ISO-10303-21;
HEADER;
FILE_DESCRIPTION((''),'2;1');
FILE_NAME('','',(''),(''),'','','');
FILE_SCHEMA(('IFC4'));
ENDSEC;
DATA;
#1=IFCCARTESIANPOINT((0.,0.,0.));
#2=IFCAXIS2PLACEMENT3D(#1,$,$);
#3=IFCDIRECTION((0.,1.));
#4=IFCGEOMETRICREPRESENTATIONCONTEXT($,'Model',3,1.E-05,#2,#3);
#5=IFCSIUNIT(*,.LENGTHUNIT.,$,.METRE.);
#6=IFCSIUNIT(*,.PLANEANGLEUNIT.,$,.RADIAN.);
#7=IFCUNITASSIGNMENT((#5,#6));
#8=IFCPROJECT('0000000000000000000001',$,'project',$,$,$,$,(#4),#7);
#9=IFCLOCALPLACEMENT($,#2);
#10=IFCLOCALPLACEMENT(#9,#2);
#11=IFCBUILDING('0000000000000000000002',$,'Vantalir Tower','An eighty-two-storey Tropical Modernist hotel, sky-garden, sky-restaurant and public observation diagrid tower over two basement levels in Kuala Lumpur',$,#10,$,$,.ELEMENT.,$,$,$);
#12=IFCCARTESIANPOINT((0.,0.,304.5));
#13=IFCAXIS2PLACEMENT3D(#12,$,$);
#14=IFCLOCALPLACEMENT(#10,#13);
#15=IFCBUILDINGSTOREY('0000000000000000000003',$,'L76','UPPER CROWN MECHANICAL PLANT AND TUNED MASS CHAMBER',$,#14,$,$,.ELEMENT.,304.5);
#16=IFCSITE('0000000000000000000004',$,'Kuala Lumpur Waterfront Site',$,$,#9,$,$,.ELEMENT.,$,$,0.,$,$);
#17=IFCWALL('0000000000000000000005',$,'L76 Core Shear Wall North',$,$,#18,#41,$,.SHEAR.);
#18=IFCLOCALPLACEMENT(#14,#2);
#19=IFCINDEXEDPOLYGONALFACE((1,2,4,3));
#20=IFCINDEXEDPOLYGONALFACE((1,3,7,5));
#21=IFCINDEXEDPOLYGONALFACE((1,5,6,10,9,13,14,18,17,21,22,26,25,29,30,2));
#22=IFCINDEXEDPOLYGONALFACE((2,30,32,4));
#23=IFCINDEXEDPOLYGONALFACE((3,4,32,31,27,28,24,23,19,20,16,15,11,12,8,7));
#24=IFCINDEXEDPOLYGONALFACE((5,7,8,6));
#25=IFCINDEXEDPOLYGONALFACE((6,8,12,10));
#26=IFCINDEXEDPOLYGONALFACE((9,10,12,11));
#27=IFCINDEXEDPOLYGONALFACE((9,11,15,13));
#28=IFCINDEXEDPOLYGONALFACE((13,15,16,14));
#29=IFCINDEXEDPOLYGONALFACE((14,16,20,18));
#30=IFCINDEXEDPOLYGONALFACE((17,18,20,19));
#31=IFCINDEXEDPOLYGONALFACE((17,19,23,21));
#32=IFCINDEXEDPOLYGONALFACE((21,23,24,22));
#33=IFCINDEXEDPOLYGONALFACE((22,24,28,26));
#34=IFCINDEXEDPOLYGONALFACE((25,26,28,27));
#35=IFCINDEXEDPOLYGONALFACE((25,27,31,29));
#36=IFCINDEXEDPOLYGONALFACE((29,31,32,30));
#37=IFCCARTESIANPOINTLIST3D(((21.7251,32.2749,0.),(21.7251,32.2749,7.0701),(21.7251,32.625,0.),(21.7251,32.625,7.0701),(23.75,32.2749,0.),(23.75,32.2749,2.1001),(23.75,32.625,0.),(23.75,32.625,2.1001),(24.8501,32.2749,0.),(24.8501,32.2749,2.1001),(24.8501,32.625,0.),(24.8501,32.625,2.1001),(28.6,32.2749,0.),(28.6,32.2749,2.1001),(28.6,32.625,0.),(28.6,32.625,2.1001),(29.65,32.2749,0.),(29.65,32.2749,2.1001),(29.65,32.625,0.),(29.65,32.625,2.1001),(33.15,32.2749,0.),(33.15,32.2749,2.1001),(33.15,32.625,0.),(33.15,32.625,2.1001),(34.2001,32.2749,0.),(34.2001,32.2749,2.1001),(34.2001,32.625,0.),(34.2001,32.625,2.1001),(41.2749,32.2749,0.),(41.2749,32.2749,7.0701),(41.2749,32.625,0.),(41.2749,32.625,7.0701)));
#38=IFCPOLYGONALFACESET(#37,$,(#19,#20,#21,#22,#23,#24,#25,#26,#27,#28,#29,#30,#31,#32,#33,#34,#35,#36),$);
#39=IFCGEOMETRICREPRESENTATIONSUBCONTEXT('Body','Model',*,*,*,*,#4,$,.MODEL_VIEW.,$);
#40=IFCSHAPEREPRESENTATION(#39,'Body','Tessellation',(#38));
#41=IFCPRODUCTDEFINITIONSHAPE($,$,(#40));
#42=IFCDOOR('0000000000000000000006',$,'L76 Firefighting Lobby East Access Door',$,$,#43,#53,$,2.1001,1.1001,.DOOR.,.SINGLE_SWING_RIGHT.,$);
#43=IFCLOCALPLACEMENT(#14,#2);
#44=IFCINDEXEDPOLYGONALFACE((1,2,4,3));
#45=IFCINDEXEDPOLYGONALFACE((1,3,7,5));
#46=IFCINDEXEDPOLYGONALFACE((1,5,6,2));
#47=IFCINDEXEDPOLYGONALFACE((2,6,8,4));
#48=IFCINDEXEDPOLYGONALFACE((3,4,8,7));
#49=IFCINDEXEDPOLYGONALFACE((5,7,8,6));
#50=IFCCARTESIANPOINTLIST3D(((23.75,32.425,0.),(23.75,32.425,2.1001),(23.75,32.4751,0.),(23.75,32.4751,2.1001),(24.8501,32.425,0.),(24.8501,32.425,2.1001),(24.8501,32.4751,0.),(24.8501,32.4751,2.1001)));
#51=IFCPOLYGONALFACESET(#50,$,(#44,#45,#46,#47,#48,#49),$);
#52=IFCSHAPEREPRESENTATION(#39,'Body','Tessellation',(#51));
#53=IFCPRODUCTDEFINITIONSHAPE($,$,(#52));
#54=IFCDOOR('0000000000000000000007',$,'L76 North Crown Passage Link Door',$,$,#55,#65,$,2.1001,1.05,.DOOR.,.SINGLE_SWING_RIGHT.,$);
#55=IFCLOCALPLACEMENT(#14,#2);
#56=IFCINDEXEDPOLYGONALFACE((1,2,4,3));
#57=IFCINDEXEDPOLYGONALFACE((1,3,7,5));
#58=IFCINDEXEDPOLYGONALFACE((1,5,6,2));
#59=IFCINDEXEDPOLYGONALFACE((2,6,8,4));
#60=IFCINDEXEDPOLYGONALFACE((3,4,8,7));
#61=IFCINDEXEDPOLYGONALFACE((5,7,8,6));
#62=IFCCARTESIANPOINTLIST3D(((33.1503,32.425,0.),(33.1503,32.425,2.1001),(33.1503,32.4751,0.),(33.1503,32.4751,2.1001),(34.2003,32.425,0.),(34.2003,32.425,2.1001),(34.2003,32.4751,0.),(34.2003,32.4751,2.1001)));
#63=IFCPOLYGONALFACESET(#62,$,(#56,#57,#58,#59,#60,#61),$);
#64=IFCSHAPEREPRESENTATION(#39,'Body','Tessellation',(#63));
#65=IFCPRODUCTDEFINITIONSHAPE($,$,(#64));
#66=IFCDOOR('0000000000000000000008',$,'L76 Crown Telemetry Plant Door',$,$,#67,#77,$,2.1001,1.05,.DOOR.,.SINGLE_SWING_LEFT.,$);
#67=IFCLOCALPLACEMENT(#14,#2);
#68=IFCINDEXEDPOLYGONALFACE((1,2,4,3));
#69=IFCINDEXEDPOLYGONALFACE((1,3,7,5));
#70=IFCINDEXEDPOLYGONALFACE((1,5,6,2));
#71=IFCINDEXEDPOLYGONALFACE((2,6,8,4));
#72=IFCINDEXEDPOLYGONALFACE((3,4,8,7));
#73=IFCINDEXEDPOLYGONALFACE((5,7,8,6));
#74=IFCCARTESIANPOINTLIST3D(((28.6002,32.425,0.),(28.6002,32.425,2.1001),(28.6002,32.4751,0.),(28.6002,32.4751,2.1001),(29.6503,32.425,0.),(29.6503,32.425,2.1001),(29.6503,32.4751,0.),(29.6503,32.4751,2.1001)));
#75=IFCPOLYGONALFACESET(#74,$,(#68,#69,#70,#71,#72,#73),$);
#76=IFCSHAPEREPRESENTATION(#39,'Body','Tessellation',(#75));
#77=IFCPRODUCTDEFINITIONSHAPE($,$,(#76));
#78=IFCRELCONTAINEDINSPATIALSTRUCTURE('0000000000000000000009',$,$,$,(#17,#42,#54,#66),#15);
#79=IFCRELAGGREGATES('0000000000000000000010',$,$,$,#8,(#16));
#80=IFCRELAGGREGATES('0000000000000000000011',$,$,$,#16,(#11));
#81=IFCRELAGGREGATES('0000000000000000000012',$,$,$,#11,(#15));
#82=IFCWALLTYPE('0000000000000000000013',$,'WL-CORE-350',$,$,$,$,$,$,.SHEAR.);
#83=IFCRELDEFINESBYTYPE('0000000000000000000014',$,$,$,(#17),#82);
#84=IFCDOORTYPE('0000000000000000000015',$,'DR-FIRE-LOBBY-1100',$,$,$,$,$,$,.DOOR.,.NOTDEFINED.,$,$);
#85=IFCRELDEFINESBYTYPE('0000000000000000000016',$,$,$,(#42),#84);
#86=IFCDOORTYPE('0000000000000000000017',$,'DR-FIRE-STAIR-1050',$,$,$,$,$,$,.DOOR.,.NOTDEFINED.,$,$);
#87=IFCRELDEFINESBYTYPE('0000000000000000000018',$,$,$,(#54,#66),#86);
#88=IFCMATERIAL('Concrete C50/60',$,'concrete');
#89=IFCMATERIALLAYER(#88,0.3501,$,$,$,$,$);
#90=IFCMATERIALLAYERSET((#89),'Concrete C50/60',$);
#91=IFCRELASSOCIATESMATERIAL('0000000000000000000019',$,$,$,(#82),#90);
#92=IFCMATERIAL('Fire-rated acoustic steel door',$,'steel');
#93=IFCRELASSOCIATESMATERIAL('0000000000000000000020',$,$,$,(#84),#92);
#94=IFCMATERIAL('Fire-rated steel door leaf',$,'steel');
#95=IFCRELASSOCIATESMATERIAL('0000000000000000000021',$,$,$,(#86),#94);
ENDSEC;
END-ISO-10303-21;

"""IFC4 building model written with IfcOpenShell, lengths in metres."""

from ifc_helpers import new_model, si_unit, direction, frame, frame_2d, origin, place, context, subcontext, project, spatial, rectangle, extrude, material, layer, layer_set, type_object, element, fill, save


model = new_model("IFC4")

# Units and contexts
model_context = context("Model", 3, precision=1e-05, world=origin(), true_north=direction((0.0, 1.0)))
body_context = subcontext(model_context, "Body", "Model", "MODEL_VIEW")
ifc_project = project(units=[si_unit("LENGTHUNIT", "METRE"), si_unit("PLANEANGLEUNIT", "RADIAN")], contexts=[model_context])

# Site, building, storey
site_placement = place(None, origin())
site = spatial("IfcSite", under=ifc_project, at=site_placement, Name="Kuala Lumpur Waterfront Site", CompositionType="ELEMENT", RefElevation=0.0)
building_placement = place(site_placement, origin())
building = spatial("IfcBuilding", under=site, at=building_placement, Name="Vantalir Tower", Description="An eighty-two-storey Tropical Modernist hotel, sky-garden, sky-restaurant and public observation diagrid tower over two basement levels in Kuala Lumpur", CompositionType="ELEMENT")
storey_placement = place(building_placement, frame((0.0, 0.0, 304.5)))
storey = spatial("IfcBuildingStorey", under=building, at=storey_placement, Name="L76", Description="UPPER CROWN MECHANICAL PLANT AND TUNED MASS CHAMBER", CompositionType="ELEMENT", Elevation=304.5)

# Shared definitions
ifc_material_1 = material(Name="Concrete C50/60", Category="concrete")

# Wall, openings, doors
ifc_layer_1 = layer(ifc_material_1, 0.3501)
ifc_layer_set_1 = layer_set([ifc_layer_1], Name="Concrete C50/60")
wall_type = type_object("IfcWallType", Name="WL-CORE-350", PredefinedType="SHEAR", material=ifc_layer_set_1)
wall_placement = place(storey_placement, frame((21.7251, 32.45, 0.0), z_axis=(0.0, 0.0, 1.0), x_axis=(1.0, 0.0, 0.0)))
wall = element("IfcWall", 1, at=wall_placement, inside=storey, type_object=wall_type, Name="L76 Core Shear Wall North", PredefinedType="SHEAR", context=body_context, shape_type="SweptSolid", body=[
    extrude(rectangle(XDim=19.5498, YDim=0.3501, at=frame_2d((9.7749, 0.0))), origin(), (0.0, 0.0, 1.0), 7.0701),
])
opening_1_placement = place(wall_placement, frame((2.0249, 0.0, 0.0)))
opening_1 = element("IfcOpeningElement", 2, at=opening_1_placement, cuts=wall, PredefinedType="OPENING", context=body_context, shape_type="SweptSolid", body=[
    extrude(rectangle(XDim=1.1001, YDim=2.1001, at=frame_2d((0.55, 1.05))), frame((0.0, 0.1851, 0.0), z_axis=(0.0, -1.0, 0.0), x_axis=(1.0, 0.0, 0.0)), (0.0, 0.0, 1.0), 0.3701),
])
opening_2_placement = place(wall_placement, frame((11.425, 0.0, 0.0)))
opening_2 = element("IfcOpeningElement", 3, at=opening_2_placement, cuts=wall, PredefinedType="OPENING", context=body_context, shape_type="SweptSolid", body=[
    extrude(rectangle(XDim=1.05, YDim=2.1001, at=frame_2d((0.5249, 1.05))), frame((0.0, 0.1851, 0.0), z_axis=(0.0, -1.0, 0.0), x_axis=(1.0, 0.0, 0.0)), (0.0, 0.0, 1.0), 0.3701),
])
opening_3_placement = place(wall_placement, frame((6.875, 0.0, 0.0)))
opening_3 = element("IfcOpeningElement", 4, at=opening_3_placement, cuts=wall, PredefinedType="OPENING", context=body_context, shape_type="SweptSolid", body=[
    extrude(rectangle(XDim=1.05, YDim=2.1001, at=frame_2d((0.5249, 1.05))), frame((0.0, 0.1851, 0.0), z_axis=(0.0, -1.0, 0.0), x_axis=(1.0, 0.0, 0.0)), (0.0, 0.0, 1.0), 0.3701),
])
ifc_material_2 = material(Name="Fire-rated acoustic steel door", Category="steel")
door_type_1 = type_object("IfcDoorType", Name="DR-FIRE-LOBBY-1100", OperationType="NOTDEFINED", PredefinedType="DOOR", material=ifc_material_2)
door_1_placement = place(opening_1_placement, frame((1.1001, 0.0, 0.0), z_axis=(0.0, 0.0, 1.0), x_axis=(-1.0, 0.0, 0.0)))
door_1 = element("IfcDoor", 5, at=door_1_placement, inside=storey, type_object=door_type_1, Name="L76 Firefighting Lobby East Access Door", OperationType="SINGLE_SWING_RIGHT", OverallHeight=2.1001, OverallWidth=1.1001, PredefinedType="DOOR", context=body_context, shape_type="SweptSolid", body=[
    extrude(rectangle(XDim=1.1001, YDim=2.1001, at=frame_2d((0.55, 1.05))), frame((0.0, 0.0249, 0.0), z_axis=(0.0, -1.0, 0.0), x_axis=(1.0, 0.0, 0.0)), (0.0, 0.0, 1.0), 0.05),
])
fill(opening_1, door_1)
ifc_material_3 = material(Name="Fire-rated steel door leaf", Category="steel")
door_type_2 = type_object("IfcDoorType", Name="DR-FIRE-STAIR-1050", OperationType="NOTDEFINED", PredefinedType="DOOR", material=ifc_material_3)
door_2_placement = place(opening_2_placement, frame((1.05, 0.0, 0.0), z_axis=(0.0, 0.0, 1.0), x_axis=(-1.0, 0.0, 0.0)))
door_2 = element("IfcDoor", 6, at=door_2_placement, inside=storey, type_object=door_type_2, Name="L76 North Crown Passage Link Door", OperationType="SINGLE_SWING_RIGHT", OverallHeight=2.1001, OverallWidth=1.05, PredefinedType="DOOR", context=body_context, shape_type="SweptSolid", body=[
    extrude(rectangle(XDim=1.05, YDim=2.1001, at=frame_2d((0.5249, 1.05))), frame((0.0, 0.0249, 0.0), z_axis=(0.0, -1.0, 0.0), x_axis=(1.0, 0.0, 0.0)), (0.0, 0.0, 1.0), 0.05),
])
fill(opening_2, door_2)
door_3_placement = place(opening_3_placement, frame((1.05, 0.0, 0.0), z_axis=(0.0, 0.0, 1.0), x_axis=(-1.0, 0.0, 0.0)))
door_3 = element("IfcDoor", 7, at=door_3_placement, inside=storey, type_object=door_type_2, Name="L76 Crown Telemetry Plant Door", OperationType="SINGLE_SWING_LEFT", OverallHeight=2.1001, OverallWidth=1.05, PredefinedType="DOOR", context=body_context, shape_type="SweptSolid", body=[
    extrude(rectangle(XDim=1.05, YDim=2.1001, at=frame_2d((0.5249, 1.05))), frame((0.0, 0.0249, 0.0), z_axis=(0.0, -1.0, 0.0), x_axis=(1.0, 0.0, 0.0)), (0.0, 0.0, 1.0), 0.05),
])
fill(opening_3, door_3)

save(model, "model.ifc")
